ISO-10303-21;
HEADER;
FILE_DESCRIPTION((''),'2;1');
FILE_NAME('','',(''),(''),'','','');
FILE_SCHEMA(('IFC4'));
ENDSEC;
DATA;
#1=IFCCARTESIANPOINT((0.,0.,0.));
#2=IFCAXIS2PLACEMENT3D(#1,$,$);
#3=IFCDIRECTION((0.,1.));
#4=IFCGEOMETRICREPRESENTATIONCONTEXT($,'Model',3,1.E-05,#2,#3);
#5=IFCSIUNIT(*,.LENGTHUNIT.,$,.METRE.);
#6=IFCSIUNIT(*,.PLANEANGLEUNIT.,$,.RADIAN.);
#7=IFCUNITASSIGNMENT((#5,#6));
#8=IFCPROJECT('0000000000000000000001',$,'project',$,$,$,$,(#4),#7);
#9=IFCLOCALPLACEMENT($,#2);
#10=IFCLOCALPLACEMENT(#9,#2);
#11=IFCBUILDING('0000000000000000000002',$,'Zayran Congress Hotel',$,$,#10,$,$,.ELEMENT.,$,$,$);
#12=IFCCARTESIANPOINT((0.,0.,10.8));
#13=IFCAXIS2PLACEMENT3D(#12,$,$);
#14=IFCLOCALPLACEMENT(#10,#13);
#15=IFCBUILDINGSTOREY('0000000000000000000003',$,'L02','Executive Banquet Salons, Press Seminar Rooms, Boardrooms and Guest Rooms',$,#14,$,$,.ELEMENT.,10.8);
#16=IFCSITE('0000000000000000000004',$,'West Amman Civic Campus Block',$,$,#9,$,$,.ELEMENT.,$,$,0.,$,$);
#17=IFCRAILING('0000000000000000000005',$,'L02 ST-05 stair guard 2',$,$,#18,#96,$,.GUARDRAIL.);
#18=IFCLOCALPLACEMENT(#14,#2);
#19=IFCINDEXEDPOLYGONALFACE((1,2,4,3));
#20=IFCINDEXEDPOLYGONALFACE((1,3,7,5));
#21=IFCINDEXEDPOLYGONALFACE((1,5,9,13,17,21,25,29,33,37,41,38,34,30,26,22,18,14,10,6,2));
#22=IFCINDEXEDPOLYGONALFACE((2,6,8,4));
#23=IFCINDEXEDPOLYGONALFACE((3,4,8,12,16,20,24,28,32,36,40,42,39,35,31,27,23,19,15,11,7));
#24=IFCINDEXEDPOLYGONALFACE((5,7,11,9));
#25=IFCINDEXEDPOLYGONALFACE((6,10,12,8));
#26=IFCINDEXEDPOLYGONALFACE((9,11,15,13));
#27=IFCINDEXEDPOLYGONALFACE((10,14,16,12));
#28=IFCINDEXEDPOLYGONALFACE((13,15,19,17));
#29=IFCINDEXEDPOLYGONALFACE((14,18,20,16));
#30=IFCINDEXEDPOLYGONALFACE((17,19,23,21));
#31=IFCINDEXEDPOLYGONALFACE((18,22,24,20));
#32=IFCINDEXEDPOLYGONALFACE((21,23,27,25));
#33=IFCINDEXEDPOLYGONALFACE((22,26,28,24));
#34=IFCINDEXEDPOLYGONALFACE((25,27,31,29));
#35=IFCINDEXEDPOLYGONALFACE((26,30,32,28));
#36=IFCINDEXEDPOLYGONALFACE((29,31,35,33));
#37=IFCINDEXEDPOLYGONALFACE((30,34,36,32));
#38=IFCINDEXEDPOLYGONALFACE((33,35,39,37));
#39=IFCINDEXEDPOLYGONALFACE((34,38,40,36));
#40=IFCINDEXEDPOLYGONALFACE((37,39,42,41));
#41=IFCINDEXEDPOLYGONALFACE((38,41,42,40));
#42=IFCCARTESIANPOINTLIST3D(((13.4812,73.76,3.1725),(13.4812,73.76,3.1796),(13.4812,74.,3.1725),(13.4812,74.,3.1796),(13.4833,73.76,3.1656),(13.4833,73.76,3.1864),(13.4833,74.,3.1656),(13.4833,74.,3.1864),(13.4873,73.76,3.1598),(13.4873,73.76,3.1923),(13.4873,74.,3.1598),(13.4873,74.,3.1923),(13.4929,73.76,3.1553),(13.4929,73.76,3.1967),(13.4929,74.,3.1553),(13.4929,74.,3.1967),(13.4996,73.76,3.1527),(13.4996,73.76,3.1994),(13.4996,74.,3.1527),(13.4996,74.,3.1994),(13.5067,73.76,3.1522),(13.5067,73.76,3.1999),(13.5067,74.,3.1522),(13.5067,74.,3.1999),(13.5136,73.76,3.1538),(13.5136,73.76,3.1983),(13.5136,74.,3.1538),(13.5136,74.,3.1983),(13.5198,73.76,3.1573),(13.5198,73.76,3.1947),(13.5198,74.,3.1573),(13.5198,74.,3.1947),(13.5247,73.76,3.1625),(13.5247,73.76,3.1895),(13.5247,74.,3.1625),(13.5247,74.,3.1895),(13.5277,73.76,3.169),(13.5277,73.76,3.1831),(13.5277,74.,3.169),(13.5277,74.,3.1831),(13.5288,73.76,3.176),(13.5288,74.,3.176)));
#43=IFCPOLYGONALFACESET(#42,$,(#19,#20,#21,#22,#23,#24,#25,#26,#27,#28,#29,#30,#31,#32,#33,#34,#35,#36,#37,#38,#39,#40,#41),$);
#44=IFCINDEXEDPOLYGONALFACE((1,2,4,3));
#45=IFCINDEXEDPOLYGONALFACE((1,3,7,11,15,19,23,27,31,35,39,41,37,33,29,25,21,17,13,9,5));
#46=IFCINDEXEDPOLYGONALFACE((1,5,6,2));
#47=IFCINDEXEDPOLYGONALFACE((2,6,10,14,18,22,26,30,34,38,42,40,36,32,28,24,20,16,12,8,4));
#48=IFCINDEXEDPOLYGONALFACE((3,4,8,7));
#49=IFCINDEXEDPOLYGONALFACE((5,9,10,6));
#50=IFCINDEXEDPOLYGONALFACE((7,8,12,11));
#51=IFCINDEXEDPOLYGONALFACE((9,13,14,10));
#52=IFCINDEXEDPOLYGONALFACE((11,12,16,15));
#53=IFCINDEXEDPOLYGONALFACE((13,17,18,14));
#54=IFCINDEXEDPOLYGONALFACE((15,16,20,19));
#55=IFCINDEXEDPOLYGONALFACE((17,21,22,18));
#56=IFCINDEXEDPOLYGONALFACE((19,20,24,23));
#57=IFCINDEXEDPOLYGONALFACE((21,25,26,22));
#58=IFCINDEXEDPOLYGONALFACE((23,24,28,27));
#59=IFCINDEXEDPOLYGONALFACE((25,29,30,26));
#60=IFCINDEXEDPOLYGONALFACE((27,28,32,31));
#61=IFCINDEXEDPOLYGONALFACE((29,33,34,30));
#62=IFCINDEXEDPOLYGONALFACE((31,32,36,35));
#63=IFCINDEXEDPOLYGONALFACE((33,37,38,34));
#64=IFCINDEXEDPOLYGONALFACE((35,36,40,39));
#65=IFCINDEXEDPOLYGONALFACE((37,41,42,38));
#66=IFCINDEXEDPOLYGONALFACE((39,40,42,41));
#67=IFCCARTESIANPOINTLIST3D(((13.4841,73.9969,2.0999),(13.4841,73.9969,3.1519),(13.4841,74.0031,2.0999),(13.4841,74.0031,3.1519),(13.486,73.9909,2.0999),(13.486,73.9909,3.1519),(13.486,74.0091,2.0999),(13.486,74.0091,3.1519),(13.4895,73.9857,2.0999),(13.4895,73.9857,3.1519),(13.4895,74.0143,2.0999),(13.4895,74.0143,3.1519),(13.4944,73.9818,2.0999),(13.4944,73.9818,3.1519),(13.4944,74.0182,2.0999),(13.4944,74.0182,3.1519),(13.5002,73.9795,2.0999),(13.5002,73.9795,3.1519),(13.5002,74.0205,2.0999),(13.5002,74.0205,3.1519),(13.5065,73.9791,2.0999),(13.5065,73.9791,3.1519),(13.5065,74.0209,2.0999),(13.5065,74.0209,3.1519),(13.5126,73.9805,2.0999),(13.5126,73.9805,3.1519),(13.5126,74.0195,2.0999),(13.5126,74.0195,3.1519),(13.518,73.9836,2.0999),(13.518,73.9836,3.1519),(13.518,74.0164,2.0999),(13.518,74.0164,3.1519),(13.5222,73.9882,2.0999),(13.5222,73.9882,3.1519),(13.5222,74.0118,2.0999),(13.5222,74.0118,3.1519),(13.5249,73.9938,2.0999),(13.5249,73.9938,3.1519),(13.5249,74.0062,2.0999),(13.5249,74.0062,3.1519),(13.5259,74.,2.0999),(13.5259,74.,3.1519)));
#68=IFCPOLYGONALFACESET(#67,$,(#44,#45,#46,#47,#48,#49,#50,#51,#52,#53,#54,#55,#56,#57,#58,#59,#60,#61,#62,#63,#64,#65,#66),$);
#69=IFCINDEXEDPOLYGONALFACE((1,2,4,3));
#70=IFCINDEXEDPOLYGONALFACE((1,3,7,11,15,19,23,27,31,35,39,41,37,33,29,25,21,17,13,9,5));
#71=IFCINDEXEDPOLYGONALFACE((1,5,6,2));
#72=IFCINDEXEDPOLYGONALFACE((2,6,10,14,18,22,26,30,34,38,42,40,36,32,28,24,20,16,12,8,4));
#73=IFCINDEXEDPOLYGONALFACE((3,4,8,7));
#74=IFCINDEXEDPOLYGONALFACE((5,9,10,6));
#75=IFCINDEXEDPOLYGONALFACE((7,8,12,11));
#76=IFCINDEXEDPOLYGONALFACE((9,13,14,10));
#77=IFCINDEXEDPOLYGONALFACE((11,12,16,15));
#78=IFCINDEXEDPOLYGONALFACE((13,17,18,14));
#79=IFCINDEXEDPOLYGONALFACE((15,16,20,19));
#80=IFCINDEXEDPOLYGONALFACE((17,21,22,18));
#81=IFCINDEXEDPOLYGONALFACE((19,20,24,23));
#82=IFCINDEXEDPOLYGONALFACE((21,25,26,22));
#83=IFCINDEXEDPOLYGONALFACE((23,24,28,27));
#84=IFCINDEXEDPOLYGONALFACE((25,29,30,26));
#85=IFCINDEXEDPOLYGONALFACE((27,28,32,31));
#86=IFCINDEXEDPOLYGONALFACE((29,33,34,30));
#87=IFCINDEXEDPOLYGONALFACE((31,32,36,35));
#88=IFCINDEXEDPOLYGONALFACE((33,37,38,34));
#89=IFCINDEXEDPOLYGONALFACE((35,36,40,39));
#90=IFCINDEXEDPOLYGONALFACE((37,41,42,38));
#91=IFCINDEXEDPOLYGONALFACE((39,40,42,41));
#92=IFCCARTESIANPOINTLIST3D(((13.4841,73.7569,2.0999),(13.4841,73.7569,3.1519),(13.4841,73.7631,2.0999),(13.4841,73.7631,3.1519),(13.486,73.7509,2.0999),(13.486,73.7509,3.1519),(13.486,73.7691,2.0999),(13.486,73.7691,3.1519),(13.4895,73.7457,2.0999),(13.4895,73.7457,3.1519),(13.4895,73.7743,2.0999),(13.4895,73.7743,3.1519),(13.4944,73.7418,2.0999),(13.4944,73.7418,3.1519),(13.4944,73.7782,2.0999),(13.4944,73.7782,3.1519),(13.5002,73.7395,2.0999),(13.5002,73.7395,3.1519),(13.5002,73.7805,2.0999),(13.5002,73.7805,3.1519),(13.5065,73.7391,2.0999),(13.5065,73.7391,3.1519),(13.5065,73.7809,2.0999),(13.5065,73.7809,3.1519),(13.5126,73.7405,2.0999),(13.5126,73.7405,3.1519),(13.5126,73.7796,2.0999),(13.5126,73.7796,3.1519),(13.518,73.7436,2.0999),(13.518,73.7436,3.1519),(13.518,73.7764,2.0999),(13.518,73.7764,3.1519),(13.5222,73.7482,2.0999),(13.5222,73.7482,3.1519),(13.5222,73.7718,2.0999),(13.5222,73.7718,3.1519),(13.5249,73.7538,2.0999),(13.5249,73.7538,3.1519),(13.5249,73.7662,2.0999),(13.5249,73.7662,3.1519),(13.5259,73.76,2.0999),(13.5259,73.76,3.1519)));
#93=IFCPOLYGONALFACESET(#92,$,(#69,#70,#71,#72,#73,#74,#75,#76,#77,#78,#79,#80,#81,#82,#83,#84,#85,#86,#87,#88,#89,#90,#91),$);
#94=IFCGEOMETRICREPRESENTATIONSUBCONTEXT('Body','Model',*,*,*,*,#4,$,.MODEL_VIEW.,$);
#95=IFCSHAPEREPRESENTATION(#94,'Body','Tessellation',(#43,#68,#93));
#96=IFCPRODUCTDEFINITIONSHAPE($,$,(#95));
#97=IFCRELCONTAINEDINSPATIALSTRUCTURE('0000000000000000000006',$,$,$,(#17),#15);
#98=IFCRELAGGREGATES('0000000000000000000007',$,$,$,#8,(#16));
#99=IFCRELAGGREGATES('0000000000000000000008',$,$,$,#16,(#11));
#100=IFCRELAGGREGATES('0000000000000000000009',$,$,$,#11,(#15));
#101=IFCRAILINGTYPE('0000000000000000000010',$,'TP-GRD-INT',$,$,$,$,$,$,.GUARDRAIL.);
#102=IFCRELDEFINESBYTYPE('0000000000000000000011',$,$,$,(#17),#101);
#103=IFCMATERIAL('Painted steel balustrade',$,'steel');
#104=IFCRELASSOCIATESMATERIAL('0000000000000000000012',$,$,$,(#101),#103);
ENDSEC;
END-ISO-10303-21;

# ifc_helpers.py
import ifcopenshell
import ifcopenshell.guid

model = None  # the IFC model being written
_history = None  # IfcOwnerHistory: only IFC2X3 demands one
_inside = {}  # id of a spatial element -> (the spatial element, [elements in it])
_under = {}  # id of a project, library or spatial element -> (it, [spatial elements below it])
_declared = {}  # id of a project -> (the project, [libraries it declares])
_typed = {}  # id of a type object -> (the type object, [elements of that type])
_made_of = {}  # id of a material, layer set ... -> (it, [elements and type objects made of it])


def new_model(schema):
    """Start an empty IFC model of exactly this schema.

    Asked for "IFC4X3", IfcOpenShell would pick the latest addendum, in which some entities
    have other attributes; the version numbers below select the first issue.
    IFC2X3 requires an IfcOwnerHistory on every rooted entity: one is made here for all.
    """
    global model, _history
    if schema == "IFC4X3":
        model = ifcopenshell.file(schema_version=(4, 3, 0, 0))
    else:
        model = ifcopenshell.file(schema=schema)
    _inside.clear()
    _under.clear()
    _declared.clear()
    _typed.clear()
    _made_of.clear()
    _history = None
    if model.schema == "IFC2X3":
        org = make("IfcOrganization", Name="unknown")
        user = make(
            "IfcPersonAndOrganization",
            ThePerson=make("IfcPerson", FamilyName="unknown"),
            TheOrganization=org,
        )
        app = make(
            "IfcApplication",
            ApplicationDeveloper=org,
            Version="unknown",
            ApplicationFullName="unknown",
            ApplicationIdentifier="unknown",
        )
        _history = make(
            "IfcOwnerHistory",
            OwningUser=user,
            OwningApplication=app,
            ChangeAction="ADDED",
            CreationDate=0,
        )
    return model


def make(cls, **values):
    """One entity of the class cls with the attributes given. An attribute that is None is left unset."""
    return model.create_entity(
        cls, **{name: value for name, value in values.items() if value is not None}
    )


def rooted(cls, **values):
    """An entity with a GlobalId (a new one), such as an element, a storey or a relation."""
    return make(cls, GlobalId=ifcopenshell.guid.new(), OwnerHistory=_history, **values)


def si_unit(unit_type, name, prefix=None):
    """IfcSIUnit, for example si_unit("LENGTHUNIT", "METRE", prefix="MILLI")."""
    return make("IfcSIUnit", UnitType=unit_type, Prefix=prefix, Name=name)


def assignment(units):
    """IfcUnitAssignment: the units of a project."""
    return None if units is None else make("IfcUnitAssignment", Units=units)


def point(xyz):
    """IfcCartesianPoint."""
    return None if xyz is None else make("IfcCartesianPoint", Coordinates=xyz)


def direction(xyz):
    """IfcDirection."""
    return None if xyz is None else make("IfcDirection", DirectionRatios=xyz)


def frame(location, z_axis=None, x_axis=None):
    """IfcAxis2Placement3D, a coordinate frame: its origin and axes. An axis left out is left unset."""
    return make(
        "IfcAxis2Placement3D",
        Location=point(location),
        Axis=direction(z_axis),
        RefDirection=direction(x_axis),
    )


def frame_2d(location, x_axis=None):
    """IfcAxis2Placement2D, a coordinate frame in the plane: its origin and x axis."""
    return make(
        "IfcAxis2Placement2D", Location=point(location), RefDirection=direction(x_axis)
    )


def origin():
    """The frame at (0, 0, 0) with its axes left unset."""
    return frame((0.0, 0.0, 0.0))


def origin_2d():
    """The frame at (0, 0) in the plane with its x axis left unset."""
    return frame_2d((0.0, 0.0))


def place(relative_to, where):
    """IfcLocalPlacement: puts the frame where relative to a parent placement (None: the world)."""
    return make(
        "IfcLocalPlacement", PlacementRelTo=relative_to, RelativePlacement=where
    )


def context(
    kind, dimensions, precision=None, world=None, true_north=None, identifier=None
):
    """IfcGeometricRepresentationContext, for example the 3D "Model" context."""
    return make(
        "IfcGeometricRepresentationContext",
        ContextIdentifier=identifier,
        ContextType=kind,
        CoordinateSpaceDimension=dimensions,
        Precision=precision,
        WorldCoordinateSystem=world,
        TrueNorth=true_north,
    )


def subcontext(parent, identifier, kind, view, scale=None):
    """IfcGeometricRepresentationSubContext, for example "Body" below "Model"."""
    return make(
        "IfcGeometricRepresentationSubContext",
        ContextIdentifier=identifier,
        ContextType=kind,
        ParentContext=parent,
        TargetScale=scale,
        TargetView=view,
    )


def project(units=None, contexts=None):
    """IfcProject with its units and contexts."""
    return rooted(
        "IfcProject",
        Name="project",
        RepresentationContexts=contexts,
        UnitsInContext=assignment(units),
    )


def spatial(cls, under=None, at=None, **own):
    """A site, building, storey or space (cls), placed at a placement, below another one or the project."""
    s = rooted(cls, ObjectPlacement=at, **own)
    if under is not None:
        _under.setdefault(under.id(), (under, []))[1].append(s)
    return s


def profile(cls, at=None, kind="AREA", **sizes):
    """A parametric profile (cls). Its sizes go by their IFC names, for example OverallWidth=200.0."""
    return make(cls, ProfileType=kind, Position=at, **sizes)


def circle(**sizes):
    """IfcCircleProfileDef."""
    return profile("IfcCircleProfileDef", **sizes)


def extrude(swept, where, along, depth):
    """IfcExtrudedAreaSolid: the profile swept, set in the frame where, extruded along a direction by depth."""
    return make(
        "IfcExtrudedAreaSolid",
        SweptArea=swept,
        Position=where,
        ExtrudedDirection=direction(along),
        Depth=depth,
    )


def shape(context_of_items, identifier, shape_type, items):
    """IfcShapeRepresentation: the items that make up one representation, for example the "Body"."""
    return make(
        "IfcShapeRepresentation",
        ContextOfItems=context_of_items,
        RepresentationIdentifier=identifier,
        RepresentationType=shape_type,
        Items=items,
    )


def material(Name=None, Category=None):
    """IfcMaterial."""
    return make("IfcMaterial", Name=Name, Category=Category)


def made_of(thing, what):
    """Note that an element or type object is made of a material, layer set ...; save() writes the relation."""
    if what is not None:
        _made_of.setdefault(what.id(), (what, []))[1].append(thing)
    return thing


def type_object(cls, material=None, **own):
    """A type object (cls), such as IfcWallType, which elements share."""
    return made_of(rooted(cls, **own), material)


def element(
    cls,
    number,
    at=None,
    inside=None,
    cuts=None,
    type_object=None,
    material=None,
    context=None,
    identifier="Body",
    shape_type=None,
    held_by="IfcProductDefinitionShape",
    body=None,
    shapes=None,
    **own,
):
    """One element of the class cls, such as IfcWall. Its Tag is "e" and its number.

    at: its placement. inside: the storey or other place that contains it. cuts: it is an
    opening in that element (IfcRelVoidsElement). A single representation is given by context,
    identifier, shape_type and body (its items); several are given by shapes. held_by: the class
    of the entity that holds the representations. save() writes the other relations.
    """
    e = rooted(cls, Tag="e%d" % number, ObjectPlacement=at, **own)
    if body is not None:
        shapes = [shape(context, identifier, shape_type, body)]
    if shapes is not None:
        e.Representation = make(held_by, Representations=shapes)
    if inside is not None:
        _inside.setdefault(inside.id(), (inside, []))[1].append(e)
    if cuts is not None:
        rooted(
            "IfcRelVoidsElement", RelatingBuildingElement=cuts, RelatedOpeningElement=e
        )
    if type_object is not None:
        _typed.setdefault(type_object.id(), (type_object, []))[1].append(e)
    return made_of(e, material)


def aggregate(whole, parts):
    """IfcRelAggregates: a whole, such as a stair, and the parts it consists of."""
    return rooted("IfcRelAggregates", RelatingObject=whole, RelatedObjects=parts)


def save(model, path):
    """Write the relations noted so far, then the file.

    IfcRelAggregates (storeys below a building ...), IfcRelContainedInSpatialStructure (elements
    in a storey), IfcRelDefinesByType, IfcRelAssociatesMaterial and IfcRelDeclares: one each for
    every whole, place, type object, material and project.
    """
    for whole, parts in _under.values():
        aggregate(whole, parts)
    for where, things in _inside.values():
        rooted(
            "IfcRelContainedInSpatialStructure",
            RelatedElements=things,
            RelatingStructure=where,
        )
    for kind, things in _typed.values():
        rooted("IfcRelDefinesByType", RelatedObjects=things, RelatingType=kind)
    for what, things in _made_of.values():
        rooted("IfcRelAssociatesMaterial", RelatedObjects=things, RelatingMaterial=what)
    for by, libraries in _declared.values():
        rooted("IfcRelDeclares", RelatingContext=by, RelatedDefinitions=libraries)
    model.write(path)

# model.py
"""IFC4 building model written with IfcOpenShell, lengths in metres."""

from ifc_helpers import new_model, si_unit, direction, frame, origin, origin_2d, place, context, subcontext, project, spatial, circle, extrude, material, type_object, element, save


model = new_model("IFC4")

# Units and contexts
model_context = context("Model", 3, precision=1e-05, world=origin(), true_north=direction((0.0, 1.0)))
body_context = subcontext(model_context, "Body", "Model", "MODEL_VIEW")
ifc_project = project(units=[si_unit("LENGTHUNIT", "METRE"), si_unit("PLANEANGLEUNIT", "RADIAN")], contexts=[model_context])

# Site, building, storey
site_placement = place(None, origin())
site = spatial("IfcSite", under=ifc_project, at=site_placement, Name="West Amman Civic Campus Block", CompositionType="ELEMENT", RefElevation=0.0)
building_placement = place(site_placement, origin())
building = spatial("IfcBuilding", under=site, at=building_placement, Name="Zayran Congress Hotel", CompositionType="ELEMENT")
storey_placement = place(building_placement, frame((0.0, 0.0, 10.8)))
storey = spatial("IfcBuildingStorey", under=building, at=storey_placement, Name="L02", Description="Executive Banquet Salons, Press Seminar Rooms, Boardrooms and Guest Rooms", CompositionType="ELEMENT", Elevation=10.8)

# Railing
ifc_material_1 = material(Name="Painted steel balustrade", Category="steel")
railing_type_1 = type_object("IfcRailingType", Name="TP-GRD-INT", PredefinedType="GUARDRAIL", material=ifc_material_1)
railing_1_placement = place(storey_placement, frame((13.5049, 74.0, 2.0999)))
element("IfcRailing", 1, at=railing_1_placement, inside=storey, type_object=railing_type_1, Name="L02 ST-05 stair guard 2", PredefinedType="GUARDRAIL", context=body_context, shape_type="SweptSolid", body=[
    extrude(circle(Radius=0.0239, at=origin_2d()), frame((0.0, 0.0, 1.0762), z_axis=(0.0, -1.0, 0.0), x_axis=(1.0, 0.0, 0.0)), (0.0, 0.0, 1.0), 0.24),
    extrude(circle(Radius=0.021, at=origin_2d()), origin(), (0.0, 0.0, 1.0), 1.052),
    extrude(circle(Radius=0.021, at=origin_2d()), frame((0.0, -0.24, 0.0)), (0.0, 0.0, 1.0), 1.052),
])

save(model, "model.ifc")
